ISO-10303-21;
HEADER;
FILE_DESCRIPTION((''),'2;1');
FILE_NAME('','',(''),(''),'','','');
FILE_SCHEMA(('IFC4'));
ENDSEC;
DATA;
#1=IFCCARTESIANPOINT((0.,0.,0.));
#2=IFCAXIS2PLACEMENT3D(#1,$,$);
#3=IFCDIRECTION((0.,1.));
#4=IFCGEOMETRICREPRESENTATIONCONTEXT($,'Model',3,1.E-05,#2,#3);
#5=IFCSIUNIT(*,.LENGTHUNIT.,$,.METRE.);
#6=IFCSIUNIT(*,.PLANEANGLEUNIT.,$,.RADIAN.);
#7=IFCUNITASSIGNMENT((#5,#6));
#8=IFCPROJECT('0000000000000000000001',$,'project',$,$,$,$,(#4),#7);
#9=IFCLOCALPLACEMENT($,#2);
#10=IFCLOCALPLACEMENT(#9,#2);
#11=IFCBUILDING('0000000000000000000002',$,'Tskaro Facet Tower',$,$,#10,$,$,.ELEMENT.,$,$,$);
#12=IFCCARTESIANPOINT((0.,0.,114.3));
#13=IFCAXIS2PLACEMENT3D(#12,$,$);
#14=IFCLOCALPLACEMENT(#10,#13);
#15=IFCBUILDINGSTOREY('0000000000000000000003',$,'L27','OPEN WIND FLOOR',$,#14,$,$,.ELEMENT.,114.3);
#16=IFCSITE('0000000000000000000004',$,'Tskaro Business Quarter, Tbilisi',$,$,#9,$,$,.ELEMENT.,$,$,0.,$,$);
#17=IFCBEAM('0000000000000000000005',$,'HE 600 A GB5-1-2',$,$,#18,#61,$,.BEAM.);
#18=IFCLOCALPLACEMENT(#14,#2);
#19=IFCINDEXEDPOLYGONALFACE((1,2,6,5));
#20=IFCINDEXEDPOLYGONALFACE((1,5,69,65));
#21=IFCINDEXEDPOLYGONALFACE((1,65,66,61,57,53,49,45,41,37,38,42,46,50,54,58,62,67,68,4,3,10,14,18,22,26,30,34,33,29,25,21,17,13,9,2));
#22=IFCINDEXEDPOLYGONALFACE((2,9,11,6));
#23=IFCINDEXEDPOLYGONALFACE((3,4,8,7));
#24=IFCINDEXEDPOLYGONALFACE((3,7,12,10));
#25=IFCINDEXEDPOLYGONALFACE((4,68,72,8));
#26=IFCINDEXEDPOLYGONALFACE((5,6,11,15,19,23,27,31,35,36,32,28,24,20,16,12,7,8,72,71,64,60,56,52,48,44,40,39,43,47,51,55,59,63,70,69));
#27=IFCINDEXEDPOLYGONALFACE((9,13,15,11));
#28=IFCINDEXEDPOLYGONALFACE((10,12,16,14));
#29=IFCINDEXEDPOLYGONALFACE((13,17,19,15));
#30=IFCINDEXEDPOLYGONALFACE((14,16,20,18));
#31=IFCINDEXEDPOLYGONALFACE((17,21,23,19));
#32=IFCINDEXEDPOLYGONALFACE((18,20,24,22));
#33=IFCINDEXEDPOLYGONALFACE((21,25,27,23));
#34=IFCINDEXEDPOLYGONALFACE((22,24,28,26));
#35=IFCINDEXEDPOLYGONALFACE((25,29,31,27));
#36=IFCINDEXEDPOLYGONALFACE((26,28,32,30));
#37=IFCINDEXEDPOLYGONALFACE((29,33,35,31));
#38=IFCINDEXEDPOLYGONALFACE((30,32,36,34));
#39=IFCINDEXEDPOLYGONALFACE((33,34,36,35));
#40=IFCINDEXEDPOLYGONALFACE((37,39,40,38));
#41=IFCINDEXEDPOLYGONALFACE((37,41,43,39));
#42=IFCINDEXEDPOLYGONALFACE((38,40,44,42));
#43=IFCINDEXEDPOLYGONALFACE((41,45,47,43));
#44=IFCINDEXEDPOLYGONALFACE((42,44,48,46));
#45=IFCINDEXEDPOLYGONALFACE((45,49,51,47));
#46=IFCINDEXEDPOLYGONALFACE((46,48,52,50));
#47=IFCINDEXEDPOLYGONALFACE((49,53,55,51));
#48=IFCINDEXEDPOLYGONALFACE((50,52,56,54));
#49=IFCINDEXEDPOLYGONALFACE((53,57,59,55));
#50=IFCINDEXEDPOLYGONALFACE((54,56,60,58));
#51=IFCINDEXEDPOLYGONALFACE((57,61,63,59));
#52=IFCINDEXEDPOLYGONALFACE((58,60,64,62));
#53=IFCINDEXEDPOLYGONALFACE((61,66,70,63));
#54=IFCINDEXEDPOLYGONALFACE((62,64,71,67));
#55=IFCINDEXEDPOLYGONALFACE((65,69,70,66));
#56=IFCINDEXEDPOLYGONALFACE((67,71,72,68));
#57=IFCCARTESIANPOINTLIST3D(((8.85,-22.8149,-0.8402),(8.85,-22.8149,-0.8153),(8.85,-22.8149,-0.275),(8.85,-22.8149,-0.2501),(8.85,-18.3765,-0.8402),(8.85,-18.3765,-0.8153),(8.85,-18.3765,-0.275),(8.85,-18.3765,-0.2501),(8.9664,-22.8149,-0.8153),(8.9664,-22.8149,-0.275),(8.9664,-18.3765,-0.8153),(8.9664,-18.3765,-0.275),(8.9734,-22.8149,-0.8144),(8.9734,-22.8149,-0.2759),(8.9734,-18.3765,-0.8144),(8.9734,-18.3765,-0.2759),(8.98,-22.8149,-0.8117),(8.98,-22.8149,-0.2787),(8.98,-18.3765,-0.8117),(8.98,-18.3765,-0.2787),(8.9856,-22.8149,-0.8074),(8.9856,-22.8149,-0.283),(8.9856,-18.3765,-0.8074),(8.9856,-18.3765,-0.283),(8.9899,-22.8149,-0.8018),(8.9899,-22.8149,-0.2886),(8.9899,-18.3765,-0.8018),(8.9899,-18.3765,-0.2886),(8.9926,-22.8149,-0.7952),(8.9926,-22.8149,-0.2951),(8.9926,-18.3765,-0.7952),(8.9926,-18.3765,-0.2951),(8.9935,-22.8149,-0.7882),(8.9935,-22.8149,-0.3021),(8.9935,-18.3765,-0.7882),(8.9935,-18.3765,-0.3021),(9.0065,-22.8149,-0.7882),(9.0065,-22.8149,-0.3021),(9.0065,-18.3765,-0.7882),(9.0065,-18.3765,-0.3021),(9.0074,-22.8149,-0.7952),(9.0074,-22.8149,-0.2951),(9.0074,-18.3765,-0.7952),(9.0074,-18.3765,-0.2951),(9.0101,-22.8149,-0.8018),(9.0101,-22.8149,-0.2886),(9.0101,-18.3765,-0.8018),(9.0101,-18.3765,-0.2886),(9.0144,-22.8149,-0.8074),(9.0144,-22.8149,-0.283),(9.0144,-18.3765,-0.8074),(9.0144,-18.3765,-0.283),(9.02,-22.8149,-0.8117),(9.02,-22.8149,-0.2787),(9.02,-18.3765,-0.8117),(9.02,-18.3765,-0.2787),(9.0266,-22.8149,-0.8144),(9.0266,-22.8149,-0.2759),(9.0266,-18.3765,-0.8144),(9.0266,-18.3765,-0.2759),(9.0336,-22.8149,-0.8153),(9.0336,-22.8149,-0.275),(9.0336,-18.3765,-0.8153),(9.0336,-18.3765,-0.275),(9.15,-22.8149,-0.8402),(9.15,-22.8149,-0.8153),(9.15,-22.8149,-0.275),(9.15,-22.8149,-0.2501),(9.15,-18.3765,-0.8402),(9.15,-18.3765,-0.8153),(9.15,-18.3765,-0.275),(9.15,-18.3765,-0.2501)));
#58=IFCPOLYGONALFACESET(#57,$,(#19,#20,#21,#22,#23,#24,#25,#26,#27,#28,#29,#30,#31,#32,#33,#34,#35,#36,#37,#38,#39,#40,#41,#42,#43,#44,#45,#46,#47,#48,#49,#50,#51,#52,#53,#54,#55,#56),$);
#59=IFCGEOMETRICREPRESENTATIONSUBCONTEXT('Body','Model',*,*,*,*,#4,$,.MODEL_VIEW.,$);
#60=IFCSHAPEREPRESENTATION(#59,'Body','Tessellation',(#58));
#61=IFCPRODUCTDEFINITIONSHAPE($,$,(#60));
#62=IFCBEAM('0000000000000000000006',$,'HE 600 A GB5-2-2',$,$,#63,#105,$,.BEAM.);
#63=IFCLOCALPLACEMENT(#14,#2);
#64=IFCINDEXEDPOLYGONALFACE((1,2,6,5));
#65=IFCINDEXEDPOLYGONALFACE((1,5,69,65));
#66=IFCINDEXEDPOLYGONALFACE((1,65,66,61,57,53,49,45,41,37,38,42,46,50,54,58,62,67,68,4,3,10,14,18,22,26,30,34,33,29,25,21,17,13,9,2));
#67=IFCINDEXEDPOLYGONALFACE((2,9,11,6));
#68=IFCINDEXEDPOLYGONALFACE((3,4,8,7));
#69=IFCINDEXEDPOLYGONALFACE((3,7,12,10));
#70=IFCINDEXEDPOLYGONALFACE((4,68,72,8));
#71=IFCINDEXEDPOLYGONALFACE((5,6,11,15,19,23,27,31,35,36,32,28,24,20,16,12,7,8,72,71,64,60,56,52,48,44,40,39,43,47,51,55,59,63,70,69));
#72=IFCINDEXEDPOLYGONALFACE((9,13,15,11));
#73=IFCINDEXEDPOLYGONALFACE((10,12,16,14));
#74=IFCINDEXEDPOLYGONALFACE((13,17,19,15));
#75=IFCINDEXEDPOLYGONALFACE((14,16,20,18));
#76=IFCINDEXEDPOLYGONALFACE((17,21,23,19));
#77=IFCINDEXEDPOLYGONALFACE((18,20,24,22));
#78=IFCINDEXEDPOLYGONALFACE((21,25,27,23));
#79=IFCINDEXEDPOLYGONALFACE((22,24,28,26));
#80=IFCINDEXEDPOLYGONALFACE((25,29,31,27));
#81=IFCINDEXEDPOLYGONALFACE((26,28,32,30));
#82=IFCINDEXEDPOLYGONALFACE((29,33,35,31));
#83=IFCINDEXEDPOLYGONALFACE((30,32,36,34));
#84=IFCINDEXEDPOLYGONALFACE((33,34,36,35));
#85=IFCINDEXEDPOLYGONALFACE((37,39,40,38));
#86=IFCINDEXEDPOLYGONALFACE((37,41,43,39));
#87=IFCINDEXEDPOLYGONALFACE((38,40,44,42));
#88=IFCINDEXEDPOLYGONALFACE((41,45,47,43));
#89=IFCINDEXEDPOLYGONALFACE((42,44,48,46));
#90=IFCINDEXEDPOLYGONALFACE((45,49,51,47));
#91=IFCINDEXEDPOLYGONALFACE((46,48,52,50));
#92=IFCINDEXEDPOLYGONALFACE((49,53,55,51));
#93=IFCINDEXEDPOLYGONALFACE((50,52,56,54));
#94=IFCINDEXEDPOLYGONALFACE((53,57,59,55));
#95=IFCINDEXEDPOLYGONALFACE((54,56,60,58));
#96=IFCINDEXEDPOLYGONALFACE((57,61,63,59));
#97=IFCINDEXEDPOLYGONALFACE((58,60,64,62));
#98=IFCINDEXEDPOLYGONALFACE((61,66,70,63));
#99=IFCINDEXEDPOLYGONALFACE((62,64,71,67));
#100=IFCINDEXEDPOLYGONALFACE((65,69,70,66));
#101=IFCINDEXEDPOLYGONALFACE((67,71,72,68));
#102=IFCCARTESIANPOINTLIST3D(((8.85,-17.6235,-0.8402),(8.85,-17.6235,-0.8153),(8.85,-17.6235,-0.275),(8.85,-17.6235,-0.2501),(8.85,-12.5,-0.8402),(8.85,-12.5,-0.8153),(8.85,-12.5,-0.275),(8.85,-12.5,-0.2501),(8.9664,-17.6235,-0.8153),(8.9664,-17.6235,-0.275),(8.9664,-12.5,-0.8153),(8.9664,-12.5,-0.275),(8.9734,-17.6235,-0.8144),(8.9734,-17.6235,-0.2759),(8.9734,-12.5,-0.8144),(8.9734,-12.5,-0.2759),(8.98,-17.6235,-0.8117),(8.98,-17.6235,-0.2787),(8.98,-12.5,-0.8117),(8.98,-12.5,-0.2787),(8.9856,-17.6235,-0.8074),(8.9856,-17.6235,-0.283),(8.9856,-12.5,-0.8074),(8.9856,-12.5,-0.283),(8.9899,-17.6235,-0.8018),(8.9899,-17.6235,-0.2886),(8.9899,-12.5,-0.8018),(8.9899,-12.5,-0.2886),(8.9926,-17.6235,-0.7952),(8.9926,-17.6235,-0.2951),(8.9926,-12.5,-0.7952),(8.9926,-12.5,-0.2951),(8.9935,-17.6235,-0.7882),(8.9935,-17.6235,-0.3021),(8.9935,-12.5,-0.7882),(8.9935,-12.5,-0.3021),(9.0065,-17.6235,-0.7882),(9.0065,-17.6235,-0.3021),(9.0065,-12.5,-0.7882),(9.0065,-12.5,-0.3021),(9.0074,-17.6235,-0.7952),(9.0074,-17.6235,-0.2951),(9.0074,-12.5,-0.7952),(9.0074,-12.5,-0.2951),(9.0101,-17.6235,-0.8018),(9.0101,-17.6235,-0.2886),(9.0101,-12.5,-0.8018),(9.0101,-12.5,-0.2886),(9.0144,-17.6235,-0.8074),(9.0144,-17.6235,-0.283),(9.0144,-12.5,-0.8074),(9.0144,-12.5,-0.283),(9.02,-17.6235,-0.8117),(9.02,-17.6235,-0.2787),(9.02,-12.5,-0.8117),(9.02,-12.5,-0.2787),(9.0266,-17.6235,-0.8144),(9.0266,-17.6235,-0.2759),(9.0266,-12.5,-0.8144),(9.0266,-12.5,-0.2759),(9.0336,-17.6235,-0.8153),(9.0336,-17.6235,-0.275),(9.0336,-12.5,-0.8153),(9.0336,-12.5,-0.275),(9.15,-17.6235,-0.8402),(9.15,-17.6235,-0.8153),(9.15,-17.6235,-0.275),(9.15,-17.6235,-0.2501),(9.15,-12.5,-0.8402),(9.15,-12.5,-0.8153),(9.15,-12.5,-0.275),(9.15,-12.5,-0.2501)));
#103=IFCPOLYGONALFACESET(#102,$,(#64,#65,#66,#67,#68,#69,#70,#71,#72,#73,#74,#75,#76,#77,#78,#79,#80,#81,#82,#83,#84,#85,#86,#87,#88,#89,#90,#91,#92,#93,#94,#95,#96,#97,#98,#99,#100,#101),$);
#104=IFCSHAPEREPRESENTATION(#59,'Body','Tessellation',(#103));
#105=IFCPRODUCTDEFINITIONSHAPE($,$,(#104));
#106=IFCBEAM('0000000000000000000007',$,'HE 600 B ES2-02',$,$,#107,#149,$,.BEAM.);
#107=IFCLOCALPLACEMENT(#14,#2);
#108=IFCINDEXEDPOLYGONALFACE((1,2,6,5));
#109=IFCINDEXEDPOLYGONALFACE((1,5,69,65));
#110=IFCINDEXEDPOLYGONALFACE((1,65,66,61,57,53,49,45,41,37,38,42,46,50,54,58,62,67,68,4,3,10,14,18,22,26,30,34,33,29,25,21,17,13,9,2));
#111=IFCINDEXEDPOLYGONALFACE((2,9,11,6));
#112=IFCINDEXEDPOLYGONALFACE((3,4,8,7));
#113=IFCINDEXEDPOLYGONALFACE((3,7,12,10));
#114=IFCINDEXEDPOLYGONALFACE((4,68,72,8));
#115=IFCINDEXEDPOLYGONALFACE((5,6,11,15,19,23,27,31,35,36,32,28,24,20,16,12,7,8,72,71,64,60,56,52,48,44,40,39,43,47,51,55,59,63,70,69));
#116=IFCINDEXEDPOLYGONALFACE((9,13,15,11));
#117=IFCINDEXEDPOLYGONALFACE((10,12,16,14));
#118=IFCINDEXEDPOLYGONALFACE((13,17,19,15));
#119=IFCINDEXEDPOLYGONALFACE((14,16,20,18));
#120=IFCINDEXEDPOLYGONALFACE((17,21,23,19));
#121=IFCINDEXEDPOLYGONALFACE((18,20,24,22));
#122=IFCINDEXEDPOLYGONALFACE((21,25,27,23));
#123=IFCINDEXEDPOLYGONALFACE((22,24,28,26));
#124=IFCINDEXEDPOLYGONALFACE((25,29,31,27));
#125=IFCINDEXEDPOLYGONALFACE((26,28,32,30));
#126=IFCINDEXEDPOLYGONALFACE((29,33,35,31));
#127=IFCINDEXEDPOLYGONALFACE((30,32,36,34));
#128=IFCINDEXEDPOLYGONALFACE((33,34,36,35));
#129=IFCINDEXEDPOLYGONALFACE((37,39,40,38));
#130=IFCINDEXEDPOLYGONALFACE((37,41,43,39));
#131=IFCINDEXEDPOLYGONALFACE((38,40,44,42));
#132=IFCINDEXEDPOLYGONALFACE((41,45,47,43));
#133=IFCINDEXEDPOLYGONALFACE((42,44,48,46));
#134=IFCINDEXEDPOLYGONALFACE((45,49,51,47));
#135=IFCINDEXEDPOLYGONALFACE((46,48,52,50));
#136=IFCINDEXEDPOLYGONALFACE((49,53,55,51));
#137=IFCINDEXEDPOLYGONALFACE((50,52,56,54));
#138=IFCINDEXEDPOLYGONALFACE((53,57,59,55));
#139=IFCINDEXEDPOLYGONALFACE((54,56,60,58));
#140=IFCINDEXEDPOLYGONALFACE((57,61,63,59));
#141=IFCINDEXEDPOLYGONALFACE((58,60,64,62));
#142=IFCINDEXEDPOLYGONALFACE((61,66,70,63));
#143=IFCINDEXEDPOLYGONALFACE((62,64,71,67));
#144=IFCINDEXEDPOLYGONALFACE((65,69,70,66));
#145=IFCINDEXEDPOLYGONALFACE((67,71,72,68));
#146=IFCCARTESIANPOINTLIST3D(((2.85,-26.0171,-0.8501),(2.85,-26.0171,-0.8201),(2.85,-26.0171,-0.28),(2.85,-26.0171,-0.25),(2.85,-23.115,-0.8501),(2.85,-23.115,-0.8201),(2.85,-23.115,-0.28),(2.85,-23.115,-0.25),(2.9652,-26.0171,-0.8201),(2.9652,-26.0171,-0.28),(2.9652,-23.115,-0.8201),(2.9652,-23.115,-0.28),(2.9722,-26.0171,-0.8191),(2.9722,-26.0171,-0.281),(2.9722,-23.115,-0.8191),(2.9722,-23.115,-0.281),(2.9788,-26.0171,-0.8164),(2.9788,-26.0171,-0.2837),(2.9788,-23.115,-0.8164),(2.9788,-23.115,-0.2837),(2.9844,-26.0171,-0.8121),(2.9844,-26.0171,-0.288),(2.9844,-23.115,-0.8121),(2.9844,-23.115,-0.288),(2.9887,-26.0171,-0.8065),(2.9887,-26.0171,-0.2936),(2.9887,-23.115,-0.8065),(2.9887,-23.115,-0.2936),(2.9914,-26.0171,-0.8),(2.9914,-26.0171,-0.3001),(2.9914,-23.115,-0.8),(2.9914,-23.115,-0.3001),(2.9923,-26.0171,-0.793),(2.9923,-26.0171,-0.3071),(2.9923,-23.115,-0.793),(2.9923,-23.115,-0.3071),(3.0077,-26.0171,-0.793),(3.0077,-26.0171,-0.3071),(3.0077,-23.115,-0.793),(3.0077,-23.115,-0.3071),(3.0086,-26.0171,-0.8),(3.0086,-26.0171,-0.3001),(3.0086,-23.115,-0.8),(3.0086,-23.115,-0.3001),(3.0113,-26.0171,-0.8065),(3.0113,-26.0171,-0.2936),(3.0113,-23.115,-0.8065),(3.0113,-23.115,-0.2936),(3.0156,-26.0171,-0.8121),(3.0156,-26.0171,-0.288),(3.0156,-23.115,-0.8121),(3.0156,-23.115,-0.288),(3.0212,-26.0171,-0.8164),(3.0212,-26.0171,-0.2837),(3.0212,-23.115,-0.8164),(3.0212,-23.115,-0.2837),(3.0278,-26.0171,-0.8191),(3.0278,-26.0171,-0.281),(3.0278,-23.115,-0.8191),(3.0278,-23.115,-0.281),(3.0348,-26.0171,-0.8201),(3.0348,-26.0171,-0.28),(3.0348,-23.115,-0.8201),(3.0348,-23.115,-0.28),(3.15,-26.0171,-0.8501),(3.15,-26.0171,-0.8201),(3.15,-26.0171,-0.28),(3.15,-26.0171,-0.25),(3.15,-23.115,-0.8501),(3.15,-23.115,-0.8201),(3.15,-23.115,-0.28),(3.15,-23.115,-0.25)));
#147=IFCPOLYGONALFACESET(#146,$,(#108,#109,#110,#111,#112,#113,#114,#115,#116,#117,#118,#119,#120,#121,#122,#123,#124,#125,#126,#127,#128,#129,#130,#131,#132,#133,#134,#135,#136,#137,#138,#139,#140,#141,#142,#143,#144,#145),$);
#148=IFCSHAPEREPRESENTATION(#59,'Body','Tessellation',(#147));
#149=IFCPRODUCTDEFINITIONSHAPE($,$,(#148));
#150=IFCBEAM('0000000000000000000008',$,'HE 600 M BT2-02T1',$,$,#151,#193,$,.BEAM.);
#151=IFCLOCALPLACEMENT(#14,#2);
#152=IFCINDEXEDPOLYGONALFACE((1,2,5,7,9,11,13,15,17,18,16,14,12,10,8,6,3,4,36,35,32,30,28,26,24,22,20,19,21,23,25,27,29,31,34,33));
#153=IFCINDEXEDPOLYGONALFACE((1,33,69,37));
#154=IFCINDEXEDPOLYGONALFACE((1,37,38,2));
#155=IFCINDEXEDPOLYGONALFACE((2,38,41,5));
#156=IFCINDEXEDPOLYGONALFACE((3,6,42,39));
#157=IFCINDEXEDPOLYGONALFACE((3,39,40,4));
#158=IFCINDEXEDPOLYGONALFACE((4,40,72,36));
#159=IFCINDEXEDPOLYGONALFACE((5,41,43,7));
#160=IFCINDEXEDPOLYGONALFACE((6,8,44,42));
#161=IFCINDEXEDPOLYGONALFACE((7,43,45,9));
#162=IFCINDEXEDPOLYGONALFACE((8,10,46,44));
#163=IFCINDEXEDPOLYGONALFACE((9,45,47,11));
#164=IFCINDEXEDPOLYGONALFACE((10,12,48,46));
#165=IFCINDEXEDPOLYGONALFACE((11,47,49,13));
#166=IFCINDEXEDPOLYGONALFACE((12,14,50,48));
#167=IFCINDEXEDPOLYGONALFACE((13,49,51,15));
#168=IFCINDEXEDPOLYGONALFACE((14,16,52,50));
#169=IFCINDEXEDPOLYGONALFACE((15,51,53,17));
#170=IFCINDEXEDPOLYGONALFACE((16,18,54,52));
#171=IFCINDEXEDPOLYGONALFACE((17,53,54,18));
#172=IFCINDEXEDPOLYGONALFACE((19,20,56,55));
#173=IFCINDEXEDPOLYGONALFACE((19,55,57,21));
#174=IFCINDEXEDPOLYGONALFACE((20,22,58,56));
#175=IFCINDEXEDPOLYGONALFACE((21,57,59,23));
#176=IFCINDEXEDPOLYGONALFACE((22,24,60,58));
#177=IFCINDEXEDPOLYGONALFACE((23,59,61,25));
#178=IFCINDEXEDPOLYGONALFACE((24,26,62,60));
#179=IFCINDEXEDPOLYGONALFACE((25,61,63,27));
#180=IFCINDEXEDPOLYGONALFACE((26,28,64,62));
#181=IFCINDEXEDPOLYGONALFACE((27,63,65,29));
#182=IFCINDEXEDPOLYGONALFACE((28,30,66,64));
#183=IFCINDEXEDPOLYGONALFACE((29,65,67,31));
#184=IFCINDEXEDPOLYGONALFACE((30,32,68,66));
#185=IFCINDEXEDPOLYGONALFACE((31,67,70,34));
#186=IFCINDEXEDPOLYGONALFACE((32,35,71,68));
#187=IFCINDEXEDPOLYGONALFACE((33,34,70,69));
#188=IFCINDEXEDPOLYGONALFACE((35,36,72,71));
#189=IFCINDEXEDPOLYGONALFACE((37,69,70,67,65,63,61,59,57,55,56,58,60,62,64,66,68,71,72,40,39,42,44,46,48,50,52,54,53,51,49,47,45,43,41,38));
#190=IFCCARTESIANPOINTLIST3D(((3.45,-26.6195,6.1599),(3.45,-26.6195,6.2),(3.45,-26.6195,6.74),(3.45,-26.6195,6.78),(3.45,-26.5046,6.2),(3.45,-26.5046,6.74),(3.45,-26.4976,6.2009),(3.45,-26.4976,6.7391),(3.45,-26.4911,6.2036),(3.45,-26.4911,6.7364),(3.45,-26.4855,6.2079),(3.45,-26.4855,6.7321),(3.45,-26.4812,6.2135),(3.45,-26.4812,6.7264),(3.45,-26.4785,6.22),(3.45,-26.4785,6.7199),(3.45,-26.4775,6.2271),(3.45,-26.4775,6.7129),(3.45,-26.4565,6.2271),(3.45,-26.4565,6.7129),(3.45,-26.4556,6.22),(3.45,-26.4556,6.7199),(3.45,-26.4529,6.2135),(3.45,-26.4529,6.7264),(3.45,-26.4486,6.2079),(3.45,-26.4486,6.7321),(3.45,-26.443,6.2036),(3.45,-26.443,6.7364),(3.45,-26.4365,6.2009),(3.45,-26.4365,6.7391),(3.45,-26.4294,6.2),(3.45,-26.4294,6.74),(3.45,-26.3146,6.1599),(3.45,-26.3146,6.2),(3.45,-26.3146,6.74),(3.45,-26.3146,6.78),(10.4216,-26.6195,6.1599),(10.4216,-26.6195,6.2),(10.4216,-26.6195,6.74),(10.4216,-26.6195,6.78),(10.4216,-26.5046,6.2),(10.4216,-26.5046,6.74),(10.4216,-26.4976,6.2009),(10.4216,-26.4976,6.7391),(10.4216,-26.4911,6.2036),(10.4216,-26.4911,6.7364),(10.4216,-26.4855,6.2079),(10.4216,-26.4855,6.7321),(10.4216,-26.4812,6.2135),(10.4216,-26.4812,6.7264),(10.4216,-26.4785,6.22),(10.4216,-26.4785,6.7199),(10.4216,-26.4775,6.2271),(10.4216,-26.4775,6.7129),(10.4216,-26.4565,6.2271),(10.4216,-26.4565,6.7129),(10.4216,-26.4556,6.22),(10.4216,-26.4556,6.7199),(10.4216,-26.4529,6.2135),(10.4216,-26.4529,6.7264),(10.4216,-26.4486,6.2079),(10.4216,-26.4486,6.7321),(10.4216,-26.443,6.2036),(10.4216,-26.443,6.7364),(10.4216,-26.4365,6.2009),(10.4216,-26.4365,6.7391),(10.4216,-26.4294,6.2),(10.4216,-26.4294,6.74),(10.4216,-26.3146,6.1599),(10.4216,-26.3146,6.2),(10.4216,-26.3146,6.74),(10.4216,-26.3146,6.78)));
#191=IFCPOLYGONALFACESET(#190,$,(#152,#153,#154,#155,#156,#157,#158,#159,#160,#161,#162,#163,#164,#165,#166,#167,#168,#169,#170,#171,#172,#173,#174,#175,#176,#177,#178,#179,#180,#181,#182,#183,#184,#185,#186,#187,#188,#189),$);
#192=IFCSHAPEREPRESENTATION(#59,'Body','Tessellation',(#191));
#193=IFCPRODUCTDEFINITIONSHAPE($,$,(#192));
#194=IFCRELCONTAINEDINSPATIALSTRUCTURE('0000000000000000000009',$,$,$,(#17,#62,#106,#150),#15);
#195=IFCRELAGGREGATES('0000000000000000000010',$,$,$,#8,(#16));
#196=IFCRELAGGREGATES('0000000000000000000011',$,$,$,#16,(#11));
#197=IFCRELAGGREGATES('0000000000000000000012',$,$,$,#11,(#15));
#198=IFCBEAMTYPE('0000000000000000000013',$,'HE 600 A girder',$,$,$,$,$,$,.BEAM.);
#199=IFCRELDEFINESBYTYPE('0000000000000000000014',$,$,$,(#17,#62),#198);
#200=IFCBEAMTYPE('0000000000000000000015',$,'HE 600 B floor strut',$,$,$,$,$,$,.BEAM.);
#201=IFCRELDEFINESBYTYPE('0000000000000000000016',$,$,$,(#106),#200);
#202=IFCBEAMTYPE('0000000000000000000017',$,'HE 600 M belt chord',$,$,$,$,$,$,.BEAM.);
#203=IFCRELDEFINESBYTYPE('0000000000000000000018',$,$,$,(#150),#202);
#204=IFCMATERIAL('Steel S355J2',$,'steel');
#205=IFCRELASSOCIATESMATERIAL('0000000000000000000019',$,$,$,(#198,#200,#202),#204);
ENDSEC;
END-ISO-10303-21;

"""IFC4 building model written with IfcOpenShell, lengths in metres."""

from ifc_helpers import new_model, si_unit, direction, frame, origin, origin_2d, place, context, subcontext, project, spatial, i_section, extrude, material, material_profile, profile_set, type_object, element, save


model = new_model("IFC4")

# Units and contexts
model_context = context("Model", 3, precision=1e-05, world=origin(), true_north=direction((0.0, 1.0)))
body_context = subcontext(model_context, "Body", "Model", "MODEL_VIEW")
ifc_project = project(units=[si_unit("LENGTHUNIT", "METRE"), si_unit("PLANEANGLEUNIT", "RADIAN")], contexts=[model_context])

# Site, building, storey
site_placement = place(None, origin())
site = spatial("IfcSite", under=ifc_project, at=site_placement, Name="Tskaro Business Quarter, Tbilisi", CompositionType="ELEMENT", RefElevation=0.0)
building_placement = place(site_placement, origin())
building = spatial("IfcBuilding", under=site, at=building_placement, Name="Tskaro Facet Tower", CompositionType="ELEMENT")
storey_placement = place(building_placement, frame((0.0, 0.0, 114.3)))
storey = spatial("IfcBuildingStorey", under=building, at=storey_placement, Name="L27", Description="OPEN WIND FLOOR", CompositionType="ELEMENT", Elevation=114.3)

# Shared definitions
ifc_material_1 = material(Name="Steel S355J2", Category="steel")

# Beams
ifc_material_profile_1 = material_profile(ifc_material_1, i_section(OverallWidth=0.3, OverallDepth=0.5901, WebThickness=0.0129, FlangeThickness=0.0249, FilletRadius=0.0271, at=origin_2d()), Name="HE 600 A")
ifc_profile_set_1 = profile_set([ifc_material_profile_1], Name="Steel S355J2")
beam_type_1 = type_object("IfcBeamType", Name="HE 600 A girder", PredefinedType="BEAM", material=ifc_profile_set_1)
beam_1_placement = place(storey_placement, frame((9.0, -22.8149, -0.5452), z_axis=(0.0, 1.0, 0.0), x_axis=(-1.0, 0.0, 0.0)))
element("IfcBeam", 1, at=beam_1_placement, inside=storey, type_object=beam_type_1, Name="HE 600 A GB5-1-2", PredefinedType="BEAM", context=body_context, shape_type="SweptSolid", body=[
    extrude(i_section(OverallWidth=0.3, OverallDepth=0.5901, WebThickness=0.0129, FlangeThickness=0.0249, FilletRadius=0.0271, at=origin_2d()), origin(), (0.0, 0.0, 1.0), 4.4385),
])
beam_2_placement = place(storey_placement, frame((9.0, -17.6235, -0.5452), z_axis=(0.0, 1.0, 0.0), x_axis=(-1.0, 0.0, 0.0)))
element("IfcBeam", 2, at=beam_2_placement, inside=storey, type_object=beam_type_1, Name="HE 600 A GB5-2-2", PredefinedType="BEAM", context=body_context, shape_type="SweptSolid", body=[
    extrude(i_section(OverallWidth=0.3, OverallDepth=0.5901, WebThickness=0.0129, FlangeThickness=0.0249, FilletRadius=0.0271, at=origin_2d()), origin(), (0.0, 0.0, 1.0), 5.1235),
])
ifc_material_profile_2 = material_profile(ifc_material_1, i_section(OverallWidth=0.3, OverallDepth=0.6001, WebThickness=0.0154, FlangeThickness=0.03, FilletRadius=0.0271, at=origin_2d()), Name="HE 600 B")
ifc_profile_set_2 = profile_set([ifc_material_profile_2], Name="Steel S355J2")
beam_type_2 = type_object("IfcBeamType", Name="HE 600 B floor strut", PredefinedType="BEAM", material=ifc_profile_set_2)
beam_3_placement = place(storey_placement, frame((3.0, -26.0171, -0.55), z_axis=(0.0, 1.0, 0.0), x_axis=(-1.0, 0.0, 0.0)))
element("IfcBeam", 3, at=beam_3_placement, inside=storey, type_object=beam_type_2, Name="HE 600 B ES2-02", PredefinedType="BEAM", context=body_context, shape_type="SweptSolid", body=[
    extrude(i_section(OverallWidth=0.3, OverallDepth=0.6001, WebThickness=0.0154, FlangeThickness=0.03, FilletRadius=0.0271, at=origin_2d()), origin(), (0.0, 0.0, 1.0), 2.9021),
])
ifc_material_profile_3 = material_profile(ifc_material_1, i_section(OverallWidth=0.3049, OverallDepth=0.6201, WebThickness=0.021, FlangeThickness=0.04, FilletRadius=0.0271, at=origin_2d()), Name="HE 600 M")
ifc_profile_set_3 = profile_set([ifc_material_profile_3], Name="Steel S355J2")
beam_type_3 = type_object("IfcBeamType", Name="HE 600 M belt chord", PredefinedType="BEAM", material=ifc_profile_set_3)
beam_4_placement = place(storey_placement, frame((3.45, -26.467, 6.47), z_axis=(1.0, 0.0, 0.0), x_axis=(0.0, 1.0, 0.0)))
element("IfcBeam", 4, at=beam_4_placement, inside=storey, type_object=beam_type_3, Name="HE 600 M BT2-02T1", PredefinedType="BEAM", context=body_context, shape_type="SweptSolid", body=[
    extrude(i_section(OverallWidth=0.3049, OverallDepth=0.6201, WebThickness=0.021, FlangeThickness=0.04, FilletRadius=0.0271, at=origin_2d()), origin(), (0.0, 0.0, 1.0), 6.9717),
])

save(model, "model.ifc")
